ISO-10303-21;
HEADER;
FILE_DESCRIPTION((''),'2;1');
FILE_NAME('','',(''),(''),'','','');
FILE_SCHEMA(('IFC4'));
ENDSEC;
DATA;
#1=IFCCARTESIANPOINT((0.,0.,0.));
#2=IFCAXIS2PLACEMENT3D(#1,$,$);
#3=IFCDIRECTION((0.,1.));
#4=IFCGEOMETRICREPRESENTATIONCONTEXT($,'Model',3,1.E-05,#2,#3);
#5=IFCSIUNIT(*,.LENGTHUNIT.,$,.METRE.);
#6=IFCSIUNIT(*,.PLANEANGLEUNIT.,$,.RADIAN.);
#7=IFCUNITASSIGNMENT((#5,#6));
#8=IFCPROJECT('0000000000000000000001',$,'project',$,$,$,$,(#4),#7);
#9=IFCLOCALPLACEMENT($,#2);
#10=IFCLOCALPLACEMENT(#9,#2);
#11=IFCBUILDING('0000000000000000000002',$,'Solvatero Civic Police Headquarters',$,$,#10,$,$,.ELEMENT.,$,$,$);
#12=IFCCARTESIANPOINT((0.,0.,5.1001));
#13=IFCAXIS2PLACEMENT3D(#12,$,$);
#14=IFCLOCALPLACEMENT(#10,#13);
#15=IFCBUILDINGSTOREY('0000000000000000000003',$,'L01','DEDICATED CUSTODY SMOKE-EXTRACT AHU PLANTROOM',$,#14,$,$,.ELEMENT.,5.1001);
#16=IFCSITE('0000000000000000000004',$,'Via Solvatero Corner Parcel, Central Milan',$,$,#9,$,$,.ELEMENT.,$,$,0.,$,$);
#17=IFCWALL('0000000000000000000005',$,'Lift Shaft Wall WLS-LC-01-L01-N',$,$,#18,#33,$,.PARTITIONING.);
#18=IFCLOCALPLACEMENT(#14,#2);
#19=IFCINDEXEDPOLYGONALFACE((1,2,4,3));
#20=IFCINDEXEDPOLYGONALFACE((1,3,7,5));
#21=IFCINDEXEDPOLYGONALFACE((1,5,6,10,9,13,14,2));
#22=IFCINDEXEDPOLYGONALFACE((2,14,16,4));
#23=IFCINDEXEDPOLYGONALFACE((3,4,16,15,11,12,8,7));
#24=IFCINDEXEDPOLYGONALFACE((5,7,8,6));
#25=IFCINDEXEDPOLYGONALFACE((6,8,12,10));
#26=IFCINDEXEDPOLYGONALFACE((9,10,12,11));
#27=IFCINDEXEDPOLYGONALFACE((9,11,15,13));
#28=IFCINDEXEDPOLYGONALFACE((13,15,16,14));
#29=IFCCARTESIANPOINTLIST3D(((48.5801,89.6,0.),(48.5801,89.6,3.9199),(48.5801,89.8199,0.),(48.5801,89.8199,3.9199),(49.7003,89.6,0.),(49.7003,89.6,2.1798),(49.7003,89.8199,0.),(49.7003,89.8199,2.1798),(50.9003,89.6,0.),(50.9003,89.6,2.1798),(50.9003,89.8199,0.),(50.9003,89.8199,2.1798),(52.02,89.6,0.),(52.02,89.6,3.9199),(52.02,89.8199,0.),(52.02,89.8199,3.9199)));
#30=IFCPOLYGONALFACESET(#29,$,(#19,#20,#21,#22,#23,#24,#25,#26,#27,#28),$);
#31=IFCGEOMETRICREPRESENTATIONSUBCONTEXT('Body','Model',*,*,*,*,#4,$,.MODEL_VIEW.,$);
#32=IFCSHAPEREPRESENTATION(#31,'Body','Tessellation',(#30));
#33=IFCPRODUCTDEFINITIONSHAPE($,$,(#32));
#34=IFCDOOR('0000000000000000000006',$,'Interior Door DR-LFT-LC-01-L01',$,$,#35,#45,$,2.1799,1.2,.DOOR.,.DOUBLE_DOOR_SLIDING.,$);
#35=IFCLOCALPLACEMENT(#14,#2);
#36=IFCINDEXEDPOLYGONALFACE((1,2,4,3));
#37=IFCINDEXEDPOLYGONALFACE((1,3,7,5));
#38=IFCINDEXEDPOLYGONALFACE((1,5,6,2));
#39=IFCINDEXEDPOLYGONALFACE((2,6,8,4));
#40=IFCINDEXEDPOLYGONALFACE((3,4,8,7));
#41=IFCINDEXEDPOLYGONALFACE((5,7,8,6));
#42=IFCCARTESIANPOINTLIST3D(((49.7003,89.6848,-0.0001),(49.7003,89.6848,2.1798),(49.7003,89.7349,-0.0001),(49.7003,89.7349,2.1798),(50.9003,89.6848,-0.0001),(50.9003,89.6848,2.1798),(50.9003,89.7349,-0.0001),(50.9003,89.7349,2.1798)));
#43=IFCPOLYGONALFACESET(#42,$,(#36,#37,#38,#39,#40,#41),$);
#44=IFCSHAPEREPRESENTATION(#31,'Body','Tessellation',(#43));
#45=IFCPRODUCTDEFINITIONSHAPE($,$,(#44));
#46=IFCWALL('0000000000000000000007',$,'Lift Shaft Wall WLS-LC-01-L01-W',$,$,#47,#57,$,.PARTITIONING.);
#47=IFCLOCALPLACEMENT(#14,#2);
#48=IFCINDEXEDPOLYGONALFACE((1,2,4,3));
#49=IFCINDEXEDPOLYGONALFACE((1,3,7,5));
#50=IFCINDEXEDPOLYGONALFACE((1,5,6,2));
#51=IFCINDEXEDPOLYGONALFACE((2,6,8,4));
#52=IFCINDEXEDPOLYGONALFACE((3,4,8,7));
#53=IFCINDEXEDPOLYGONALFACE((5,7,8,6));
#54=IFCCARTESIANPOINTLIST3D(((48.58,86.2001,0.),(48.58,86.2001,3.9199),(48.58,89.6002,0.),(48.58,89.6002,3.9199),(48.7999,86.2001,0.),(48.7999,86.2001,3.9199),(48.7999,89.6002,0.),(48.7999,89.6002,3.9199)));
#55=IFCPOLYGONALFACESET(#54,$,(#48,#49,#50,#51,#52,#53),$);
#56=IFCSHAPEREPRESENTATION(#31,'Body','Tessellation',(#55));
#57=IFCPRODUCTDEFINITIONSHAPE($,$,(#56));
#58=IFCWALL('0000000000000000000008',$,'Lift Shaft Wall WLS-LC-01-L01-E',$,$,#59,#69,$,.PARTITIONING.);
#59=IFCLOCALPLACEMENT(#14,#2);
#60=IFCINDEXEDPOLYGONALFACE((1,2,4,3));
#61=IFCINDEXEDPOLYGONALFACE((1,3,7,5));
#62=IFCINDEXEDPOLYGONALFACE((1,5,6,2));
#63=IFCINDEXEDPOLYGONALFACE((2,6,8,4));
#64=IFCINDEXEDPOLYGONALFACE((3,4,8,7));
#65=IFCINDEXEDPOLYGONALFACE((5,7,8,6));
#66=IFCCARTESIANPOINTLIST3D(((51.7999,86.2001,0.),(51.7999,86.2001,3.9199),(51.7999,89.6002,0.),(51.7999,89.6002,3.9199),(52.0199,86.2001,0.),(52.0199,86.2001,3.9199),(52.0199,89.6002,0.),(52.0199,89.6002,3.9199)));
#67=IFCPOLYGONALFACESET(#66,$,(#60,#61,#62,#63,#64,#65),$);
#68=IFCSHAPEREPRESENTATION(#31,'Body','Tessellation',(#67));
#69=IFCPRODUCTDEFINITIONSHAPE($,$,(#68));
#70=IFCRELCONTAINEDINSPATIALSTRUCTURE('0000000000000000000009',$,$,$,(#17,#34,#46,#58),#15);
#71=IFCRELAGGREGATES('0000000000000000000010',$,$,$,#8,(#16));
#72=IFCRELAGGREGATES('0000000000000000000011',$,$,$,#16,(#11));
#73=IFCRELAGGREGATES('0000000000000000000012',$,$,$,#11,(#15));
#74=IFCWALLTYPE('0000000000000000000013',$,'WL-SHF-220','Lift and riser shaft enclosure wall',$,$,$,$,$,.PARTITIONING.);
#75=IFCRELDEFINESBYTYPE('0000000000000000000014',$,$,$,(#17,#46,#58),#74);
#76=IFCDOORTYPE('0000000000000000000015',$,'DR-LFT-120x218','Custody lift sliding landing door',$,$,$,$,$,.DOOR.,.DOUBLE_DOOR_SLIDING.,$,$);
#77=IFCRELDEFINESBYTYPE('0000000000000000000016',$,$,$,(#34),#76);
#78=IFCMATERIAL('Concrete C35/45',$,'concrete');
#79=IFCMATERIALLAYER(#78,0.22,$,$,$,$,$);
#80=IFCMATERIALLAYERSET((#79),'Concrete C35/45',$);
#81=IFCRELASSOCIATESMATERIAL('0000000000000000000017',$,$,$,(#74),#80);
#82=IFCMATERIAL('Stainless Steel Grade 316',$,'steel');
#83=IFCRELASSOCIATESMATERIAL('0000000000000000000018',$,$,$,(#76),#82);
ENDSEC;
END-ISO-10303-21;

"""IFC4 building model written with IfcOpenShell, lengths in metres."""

from ifc_helpers import new_model, si_unit, direction, frame, frame_2d, origin, place, context, subcontext, project, spatial, rectangle, extrude, material, layer, layer_set, type_object, element, fill, save


model = new_model("IFC4")

# Units and contexts
model_context = context("Model", 3, precision=1e-05, world=origin(), true_north=direction((0.0, 1.0)))
body_context = subcontext(model_context, "Body", "Model", "MODEL_VIEW")
ifc_project = project(units=[si_unit("LENGTHUNIT", "METRE"), si_unit("PLANEANGLEUNIT", "RADIAN")], contexts=[model_context])

# Site, building, storey
site_placement = place(None, origin())
site = spatial("IfcSite", under=ifc_project, at=site_placement, Name="Via Solvatero Corner Parcel, Central Milan", CompositionType="ELEMENT", RefElevation=0.0)
building_placement = place(site_placement, origin())
building = spatial("IfcBuilding", under=site, at=building_placement, Name="Solvatero Civic Police Headquarters", CompositionType="ELEMENT")
storey_placement = place(building_placement, frame((0.0, 0.0, 5.1001)))
storey = spatial("IfcBuildingStorey", under=building, at=storey_placement, Name="L01", Description="DEDICATED CUSTODY SMOKE-EXTRACT AHU PLANTROOM", CompositionType="ELEMENT", Elevation=5.1001)

# Shared definitions
ifc_material_1 = material(Name="Concrete C35/45", Category="concrete")
ifc_layer_1 = layer(ifc_material_1, 0.22)
ifc_layer_set_1 = layer_set([ifc_layer_1], Name="Concrete C35/45")
wall_type = type_object("IfcWallType", Name="WL-SHF-220", Description="Lift and riser shaft enclosure wall", PredefinedType="PARTITIONING", material=ifc_layer_set_1)

# Wall, opening, door
wall_1_placement = place(storey_placement, frame((48.5801, 89.71, 0.0), z_axis=(0.0, 0.0, 1.0), x_axis=(1.0, 0.0, 0.0)))
wall_1 = element("IfcWall", 1, at=wall_1_placement, inside=storey, type_object=wall_type, Name="Lift Shaft Wall WLS-LC-01-L01-N", PredefinedType="PARTITIONING", context=body_context, shape_type="SweptSolid", body=[
    extrude(rectangle(XDim=3.4399, YDim=0.22, at=frame_2d((1.72, 0.0))), origin(), (0.0, 0.0, 1.0), 3.9199),
])
opening_placement = place(wall_1_placement, frame((1.1201, 0.0, 0.0)))
opening = element("IfcOpeningElement", 2, at=opening_placement, cuts=wall_1, PredefinedType="OPENING", context=body_context, shape_type="SweptSolid", body=[
    extrude(rectangle(XDim=1.2, YDim=2.1799, at=frame_2d((0.6001, 1.0898))), frame((0.0, 0.1199, 0.0), z_axis=(0.0, -1.0, 0.0), x_axis=(1.0, 0.0, 0.0)), (0.0, 0.0, 1.0), 0.24),
])
ifc_material_2 = material(Name="Stainless Steel Grade 316", Category="steel")
door_type = type_object("IfcDoorType", Name="DR-LFT-120x218", Description="Custody lift sliding landing door", OperationType="DOUBLE_DOOR_SLIDING", PredefinedType="DOOR", material=ifc_material_2)
door_placement = place(opening_placement, origin())
door = element("IfcDoor", 3, at=door_placement, inside=storey, type_object=door_type, Name="Interior Door DR-LFT-LC-01-L01", OperationType="DOUBLE_DOOR_SLIDING", OverallHeight=2.1799, OverallWidth=1.2, PredefinedType="DOOR", context=body_context, shape_type="SweptSolid", body=[
    extrude(rectangle(XDim=1.2, YDim=2.1799, at=frame_2d((0.6001, 1.0898))), frame((0.0, 0.0249, 0.0), z_axis=(0.0, -1.0, 0.0), x_axis=(1.0, 0.0, 0.0)), (0.0, 0.0, 1.0), 0.05),
])
fill(opening, door)

# Walls
for number, where, z_axis, x_axis, name in (
    (4, (48.6899, 86.2, 0.0), (0.0, 0.0, 1.0), (0.0, 1.0, 0.0), "Lift Shaft Wall WLS-LC-01-L01-W"),
    (5, (51.9099, 86.2, 0.0), (0.0, 0.0, 1.0), (0.0, 1.0, 0.0), "Lift Shaft Wall WLS-LC-01-L01-E"),
):
    element("IfcWall", number, at=place(storey_placement, frame(where, z_axis=z_axis, x_axis=x_axis)), inside=storey, type_object=wall_type, Name=name, PredefinedType="PARTITIONING", context=body_context, shape_type="SweptSolid", body=[
        extrude(rectangle(XDim=3.4001, YDim=0.22, at=frame_2d((1.7002, 0.0))), origin(), (0.0, 0.0, 1.0), 3.9199),
    ])

save(model, "model.ifc")
